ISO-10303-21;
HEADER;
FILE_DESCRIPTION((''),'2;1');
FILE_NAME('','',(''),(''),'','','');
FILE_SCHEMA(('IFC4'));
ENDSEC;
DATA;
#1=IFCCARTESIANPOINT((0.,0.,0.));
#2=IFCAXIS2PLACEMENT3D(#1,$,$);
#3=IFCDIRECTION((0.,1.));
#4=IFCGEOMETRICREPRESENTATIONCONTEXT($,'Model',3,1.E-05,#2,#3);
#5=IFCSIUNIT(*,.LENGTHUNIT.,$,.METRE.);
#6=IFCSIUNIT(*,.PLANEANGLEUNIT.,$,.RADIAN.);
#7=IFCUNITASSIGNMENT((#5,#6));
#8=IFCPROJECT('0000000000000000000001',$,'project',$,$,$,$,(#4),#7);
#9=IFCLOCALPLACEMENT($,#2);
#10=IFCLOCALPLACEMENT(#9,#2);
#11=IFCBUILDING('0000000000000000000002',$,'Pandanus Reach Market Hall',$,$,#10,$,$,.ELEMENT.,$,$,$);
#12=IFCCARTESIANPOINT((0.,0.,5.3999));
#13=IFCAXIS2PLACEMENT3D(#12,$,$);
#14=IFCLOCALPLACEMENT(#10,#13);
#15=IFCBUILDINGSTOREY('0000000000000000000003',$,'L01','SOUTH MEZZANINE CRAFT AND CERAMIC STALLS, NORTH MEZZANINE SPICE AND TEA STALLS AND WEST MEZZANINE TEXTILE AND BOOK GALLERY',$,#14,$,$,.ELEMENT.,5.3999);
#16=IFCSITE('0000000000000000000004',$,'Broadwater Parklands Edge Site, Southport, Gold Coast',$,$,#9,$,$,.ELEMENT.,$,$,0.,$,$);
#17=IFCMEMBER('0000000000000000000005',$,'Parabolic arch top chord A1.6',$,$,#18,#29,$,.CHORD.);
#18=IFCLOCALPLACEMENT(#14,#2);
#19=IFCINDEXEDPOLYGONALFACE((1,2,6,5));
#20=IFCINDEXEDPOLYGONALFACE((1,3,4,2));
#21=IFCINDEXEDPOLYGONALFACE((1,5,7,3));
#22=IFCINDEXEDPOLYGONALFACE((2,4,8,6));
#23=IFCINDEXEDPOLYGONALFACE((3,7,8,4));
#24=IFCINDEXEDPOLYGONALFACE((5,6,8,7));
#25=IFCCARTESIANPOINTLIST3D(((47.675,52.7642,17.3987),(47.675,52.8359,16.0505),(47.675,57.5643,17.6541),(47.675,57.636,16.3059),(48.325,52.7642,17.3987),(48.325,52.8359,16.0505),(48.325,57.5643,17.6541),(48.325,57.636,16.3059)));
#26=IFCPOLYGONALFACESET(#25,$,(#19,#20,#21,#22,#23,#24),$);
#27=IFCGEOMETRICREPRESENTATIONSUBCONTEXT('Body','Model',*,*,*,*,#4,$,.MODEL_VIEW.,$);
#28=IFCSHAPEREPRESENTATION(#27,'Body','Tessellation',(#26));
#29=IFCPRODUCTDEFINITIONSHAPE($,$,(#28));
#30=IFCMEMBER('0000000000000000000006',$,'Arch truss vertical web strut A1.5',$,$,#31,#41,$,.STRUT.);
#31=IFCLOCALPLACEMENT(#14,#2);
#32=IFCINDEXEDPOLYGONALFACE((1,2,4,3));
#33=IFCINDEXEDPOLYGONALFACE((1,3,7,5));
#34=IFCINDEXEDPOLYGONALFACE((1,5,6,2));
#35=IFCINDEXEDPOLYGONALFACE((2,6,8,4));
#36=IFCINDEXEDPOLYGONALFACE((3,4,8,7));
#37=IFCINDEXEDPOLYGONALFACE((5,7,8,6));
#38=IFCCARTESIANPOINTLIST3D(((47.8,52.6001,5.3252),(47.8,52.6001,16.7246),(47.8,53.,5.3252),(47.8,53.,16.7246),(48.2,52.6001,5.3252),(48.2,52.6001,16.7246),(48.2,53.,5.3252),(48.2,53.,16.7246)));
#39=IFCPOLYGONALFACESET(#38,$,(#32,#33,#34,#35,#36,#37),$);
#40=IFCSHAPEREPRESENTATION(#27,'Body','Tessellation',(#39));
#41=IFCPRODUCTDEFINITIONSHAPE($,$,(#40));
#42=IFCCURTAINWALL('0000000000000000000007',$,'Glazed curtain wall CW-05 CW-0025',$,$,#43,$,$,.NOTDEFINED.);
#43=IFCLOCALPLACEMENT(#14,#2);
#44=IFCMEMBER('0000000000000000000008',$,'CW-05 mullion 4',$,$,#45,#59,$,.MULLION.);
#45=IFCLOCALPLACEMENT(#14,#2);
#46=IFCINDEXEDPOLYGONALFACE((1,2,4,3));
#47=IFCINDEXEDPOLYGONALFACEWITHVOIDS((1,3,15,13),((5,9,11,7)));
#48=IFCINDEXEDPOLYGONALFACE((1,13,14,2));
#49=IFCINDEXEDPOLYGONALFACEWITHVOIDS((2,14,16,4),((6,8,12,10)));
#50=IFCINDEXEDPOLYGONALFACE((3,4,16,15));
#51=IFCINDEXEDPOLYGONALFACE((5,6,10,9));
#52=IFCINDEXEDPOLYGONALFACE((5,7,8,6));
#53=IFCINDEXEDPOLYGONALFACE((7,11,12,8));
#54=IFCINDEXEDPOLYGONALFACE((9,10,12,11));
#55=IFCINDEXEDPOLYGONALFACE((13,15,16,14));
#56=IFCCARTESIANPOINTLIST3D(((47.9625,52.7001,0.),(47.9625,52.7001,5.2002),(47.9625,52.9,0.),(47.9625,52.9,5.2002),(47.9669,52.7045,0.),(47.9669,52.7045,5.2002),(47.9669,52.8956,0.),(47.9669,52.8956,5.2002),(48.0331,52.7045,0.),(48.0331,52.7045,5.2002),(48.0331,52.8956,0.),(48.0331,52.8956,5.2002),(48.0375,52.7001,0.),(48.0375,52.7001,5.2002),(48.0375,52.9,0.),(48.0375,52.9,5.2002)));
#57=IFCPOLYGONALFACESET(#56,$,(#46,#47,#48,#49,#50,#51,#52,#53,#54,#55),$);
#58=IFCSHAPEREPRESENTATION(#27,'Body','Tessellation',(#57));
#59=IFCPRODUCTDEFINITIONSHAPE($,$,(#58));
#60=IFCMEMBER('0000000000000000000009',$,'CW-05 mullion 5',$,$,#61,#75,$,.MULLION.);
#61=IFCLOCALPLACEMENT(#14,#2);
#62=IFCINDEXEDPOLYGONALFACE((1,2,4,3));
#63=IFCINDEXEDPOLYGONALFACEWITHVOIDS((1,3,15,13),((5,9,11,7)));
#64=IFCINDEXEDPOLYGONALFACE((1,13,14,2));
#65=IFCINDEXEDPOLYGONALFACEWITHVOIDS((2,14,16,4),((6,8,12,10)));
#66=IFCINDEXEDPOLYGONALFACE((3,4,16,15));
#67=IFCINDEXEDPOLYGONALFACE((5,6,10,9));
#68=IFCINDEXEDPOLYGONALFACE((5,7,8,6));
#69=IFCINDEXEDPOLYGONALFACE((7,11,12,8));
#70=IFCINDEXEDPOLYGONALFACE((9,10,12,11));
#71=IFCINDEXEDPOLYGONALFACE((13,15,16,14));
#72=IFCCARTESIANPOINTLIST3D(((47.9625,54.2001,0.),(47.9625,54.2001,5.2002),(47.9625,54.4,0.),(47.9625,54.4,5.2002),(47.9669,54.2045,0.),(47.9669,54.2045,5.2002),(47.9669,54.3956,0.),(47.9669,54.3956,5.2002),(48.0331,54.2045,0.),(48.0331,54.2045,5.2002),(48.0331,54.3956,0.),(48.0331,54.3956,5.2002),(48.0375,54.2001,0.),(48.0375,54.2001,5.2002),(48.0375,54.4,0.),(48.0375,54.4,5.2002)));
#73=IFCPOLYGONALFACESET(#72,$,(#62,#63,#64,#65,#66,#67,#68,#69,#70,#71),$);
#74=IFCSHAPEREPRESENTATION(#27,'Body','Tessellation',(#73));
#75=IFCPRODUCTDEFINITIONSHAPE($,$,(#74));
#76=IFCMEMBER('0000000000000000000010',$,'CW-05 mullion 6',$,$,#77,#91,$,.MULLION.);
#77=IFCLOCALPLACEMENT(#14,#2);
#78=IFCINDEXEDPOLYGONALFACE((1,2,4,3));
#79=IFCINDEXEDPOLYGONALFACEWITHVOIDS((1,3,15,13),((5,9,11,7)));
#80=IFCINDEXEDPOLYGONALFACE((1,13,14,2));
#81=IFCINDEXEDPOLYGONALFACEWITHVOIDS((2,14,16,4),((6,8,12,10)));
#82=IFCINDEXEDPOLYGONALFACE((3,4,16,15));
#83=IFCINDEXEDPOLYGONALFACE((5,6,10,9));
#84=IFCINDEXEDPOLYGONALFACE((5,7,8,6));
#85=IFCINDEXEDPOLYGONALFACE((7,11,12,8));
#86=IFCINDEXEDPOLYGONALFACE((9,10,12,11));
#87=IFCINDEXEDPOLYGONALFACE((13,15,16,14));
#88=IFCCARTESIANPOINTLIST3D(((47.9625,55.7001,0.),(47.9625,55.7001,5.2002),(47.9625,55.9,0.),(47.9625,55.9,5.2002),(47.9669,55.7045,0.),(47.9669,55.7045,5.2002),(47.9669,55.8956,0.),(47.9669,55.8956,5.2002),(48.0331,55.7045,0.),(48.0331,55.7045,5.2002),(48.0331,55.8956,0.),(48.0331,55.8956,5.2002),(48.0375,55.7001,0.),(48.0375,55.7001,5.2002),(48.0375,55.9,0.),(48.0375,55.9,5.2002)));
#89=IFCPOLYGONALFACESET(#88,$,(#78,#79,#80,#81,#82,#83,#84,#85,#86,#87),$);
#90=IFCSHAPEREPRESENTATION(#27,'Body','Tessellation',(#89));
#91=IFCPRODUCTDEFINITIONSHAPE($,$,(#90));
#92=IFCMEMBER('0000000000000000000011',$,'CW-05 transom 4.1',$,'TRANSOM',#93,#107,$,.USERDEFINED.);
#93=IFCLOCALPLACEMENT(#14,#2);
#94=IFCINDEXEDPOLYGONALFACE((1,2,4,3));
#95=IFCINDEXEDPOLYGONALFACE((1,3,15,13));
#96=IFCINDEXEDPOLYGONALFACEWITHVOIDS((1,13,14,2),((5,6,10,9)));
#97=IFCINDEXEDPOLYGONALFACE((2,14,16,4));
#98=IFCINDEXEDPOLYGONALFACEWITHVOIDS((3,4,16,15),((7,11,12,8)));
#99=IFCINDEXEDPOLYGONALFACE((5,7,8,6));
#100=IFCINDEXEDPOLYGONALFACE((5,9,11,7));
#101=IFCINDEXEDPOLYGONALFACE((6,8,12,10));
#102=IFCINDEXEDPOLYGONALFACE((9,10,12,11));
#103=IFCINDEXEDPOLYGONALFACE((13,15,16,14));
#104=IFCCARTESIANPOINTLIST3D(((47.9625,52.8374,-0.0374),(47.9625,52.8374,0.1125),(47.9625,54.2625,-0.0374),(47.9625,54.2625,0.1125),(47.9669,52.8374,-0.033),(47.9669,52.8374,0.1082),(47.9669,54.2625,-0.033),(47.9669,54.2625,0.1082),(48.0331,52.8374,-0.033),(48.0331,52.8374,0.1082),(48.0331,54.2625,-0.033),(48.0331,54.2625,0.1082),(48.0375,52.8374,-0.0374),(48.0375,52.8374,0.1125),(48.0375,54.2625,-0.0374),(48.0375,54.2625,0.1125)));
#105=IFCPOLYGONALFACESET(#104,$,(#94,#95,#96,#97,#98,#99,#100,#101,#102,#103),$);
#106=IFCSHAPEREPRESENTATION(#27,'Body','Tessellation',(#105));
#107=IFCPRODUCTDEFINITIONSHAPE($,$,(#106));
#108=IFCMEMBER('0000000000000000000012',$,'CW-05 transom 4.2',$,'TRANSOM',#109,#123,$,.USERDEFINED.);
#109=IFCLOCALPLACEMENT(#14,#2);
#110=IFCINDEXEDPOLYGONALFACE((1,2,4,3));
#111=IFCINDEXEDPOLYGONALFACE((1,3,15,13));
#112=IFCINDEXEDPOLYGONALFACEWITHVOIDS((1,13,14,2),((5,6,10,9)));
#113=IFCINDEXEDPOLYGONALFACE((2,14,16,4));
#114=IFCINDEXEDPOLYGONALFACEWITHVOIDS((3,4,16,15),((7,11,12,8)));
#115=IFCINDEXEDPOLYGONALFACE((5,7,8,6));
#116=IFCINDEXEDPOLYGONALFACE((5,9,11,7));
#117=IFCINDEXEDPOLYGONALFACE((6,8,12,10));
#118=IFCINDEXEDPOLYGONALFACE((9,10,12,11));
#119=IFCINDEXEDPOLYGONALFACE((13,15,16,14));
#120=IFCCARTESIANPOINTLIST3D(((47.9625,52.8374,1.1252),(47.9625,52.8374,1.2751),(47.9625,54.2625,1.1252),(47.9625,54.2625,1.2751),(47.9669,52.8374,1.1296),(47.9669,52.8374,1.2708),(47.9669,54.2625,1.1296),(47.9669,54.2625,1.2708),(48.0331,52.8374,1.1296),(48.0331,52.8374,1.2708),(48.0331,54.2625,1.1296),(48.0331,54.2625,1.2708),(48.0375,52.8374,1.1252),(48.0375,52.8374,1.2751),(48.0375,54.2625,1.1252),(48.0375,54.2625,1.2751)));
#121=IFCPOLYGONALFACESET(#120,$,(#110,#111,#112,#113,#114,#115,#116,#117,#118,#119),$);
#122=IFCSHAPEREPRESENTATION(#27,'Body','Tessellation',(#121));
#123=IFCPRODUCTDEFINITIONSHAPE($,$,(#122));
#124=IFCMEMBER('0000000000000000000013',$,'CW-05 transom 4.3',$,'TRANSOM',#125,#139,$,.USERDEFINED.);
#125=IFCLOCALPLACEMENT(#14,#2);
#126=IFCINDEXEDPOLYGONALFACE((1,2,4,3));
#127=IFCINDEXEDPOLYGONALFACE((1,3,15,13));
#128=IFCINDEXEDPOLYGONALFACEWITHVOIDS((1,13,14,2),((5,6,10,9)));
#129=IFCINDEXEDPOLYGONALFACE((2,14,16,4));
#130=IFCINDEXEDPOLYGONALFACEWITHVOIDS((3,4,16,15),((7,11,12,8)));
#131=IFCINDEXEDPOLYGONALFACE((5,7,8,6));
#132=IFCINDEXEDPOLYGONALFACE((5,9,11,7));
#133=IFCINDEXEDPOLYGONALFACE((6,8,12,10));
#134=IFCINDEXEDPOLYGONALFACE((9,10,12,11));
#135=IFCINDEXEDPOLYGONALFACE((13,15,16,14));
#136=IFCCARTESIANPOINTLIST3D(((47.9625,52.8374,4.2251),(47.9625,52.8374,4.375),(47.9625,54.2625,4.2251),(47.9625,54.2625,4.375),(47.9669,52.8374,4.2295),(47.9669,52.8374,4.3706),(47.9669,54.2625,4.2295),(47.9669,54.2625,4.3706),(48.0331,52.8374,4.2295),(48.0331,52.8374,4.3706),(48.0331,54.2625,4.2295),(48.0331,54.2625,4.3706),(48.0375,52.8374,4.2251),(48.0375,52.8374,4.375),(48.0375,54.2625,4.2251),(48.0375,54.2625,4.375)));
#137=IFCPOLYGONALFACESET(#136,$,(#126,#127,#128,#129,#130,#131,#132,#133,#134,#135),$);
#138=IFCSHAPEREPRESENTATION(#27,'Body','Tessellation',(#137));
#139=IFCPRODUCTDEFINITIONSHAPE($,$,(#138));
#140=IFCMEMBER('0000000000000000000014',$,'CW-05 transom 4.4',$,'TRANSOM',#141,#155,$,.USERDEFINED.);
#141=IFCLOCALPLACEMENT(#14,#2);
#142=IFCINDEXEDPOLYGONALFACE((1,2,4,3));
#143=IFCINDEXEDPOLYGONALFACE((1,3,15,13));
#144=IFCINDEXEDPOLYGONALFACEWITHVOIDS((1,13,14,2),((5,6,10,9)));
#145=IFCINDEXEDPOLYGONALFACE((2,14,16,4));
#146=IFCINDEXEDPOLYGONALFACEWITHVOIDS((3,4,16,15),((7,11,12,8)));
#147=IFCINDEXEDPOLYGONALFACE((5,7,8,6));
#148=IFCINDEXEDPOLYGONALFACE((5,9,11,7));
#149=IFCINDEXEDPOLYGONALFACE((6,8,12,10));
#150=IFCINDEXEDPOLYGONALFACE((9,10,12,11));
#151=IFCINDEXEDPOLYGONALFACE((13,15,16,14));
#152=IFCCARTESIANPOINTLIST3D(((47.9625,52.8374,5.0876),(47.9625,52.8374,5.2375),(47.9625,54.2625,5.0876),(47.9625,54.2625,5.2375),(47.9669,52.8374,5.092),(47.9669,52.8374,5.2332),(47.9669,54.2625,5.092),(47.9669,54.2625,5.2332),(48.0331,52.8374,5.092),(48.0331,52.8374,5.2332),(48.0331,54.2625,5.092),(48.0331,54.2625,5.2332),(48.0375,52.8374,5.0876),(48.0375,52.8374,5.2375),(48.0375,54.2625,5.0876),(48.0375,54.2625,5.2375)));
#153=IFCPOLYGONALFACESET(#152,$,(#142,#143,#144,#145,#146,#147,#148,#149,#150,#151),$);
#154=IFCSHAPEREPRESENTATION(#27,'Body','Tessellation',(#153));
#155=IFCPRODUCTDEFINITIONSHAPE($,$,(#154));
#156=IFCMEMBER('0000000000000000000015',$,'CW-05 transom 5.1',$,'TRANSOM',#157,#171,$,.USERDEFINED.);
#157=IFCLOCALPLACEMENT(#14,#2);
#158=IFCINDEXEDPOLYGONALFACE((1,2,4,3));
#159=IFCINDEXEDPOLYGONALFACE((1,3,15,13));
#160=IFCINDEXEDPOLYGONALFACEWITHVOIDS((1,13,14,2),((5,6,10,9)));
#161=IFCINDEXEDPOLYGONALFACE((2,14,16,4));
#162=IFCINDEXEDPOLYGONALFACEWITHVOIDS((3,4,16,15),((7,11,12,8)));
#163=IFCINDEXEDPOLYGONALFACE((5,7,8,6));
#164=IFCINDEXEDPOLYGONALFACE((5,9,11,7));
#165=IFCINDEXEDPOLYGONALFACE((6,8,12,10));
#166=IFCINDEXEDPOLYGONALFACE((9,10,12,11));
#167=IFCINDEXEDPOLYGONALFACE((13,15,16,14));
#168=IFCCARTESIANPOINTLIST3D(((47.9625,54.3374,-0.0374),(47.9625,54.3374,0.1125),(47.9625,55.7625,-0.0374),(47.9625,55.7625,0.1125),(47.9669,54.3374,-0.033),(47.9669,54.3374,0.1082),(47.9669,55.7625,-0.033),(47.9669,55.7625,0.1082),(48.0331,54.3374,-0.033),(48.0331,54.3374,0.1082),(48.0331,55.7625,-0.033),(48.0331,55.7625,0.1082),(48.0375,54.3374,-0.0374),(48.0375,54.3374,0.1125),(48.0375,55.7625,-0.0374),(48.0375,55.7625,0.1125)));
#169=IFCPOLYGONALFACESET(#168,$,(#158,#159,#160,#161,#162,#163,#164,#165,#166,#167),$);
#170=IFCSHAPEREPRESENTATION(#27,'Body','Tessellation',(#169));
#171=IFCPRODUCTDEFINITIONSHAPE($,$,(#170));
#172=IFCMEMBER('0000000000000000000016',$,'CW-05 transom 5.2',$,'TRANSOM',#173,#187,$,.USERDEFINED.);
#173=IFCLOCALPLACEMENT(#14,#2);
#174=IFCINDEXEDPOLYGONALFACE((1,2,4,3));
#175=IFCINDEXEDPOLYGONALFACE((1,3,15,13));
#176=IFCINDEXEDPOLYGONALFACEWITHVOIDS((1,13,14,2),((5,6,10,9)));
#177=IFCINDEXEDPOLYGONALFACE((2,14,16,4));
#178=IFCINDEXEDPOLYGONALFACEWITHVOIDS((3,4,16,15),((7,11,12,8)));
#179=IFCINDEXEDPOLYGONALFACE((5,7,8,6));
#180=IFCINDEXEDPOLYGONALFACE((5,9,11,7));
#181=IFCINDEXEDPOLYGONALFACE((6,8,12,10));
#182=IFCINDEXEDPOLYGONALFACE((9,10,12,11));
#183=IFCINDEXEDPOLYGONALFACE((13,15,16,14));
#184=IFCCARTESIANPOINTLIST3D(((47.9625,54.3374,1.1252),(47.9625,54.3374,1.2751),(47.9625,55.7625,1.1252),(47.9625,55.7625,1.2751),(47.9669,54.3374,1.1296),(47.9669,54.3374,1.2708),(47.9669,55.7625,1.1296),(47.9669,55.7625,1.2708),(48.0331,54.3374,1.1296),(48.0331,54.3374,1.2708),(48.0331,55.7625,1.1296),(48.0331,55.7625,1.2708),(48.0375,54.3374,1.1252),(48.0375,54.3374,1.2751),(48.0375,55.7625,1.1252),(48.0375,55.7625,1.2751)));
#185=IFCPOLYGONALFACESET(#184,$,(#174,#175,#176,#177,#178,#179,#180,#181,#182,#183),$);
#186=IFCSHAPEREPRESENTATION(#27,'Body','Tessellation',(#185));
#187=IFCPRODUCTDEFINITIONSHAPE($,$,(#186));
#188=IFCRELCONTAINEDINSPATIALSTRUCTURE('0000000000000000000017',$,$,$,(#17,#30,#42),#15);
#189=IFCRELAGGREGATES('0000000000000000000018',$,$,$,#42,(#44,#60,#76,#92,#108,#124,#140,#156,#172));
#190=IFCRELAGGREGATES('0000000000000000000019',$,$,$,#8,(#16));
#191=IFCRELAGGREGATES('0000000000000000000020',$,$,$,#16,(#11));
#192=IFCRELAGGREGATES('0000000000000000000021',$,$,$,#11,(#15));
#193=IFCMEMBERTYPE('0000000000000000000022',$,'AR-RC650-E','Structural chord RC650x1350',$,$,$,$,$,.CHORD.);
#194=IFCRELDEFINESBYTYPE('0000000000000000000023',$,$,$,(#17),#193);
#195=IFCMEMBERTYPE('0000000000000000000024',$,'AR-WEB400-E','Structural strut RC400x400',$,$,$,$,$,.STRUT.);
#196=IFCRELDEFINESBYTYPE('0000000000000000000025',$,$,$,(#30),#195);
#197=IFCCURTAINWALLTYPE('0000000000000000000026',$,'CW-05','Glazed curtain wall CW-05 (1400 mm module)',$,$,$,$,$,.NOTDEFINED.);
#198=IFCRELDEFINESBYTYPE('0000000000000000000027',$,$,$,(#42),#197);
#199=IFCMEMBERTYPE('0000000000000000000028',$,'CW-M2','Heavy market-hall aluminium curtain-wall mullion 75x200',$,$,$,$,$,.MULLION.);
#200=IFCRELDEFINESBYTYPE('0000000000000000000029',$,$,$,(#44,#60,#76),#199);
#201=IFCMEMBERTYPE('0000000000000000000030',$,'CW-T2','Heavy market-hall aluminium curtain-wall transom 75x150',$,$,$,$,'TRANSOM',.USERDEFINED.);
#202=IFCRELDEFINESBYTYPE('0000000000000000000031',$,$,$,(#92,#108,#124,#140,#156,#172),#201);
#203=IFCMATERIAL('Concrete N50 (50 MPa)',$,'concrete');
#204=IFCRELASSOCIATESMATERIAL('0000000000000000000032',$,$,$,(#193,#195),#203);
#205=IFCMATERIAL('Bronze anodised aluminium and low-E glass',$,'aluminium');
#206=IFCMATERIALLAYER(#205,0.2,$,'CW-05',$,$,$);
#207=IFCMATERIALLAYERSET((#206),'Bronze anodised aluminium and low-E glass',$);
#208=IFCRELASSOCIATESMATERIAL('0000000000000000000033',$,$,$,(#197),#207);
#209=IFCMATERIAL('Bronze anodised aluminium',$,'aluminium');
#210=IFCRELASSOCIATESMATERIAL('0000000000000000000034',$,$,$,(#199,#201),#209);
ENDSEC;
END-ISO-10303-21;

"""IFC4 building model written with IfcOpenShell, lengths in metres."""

from ifc_helpers import new_model, si_unit, direction, frame, origin, origin_2d, place, context, subcontext, project, spatial, rectangle, hollow_rectangle, extrude, material, layer, layer_set, material_profile, profile_set, type_object, element, aggregate, save


model = new_model("IFC4")

# Units and contexts
model_context = context("Model", 3, precision=1e-05, world=origin(), true_north=direction((0.0, 1.0)))
body_context = subcontext(model_context, "Body", "Model", "MODEL_VIEW")
ifc_project = project(units=[si_unit("LENGTHUNIT", "METRE"), si_unit("PLANEANGLEUNIT", "RADIAN")], contexts=[model_context])

# Site, building, storey
site_placement = place(None, origin())
site = spatial("IfcSite", under=ifc_project, at=site_placement, Name="Broadwater Parklands Edge Site, Southport, Gold Coast", CompositionType="ELEMENT", RefElevation=0.0)
building_placement = place(site_placement, origin())
building = spatial("IfcBuilding", under=site, at=building_placement, Name="Pandanus Reach Market Hall", CompositionType="ELEMENT")
storey_placement = place(building_placement, frame((0.0, 0.0, 5.3999)))
storey = spatial("IfcBuildingStorey", under=building, at=storey_placement, Name="L01", Description="SOUTH MEZZANINE CRAFT AND CERAMIC STALLS, NORTH MEZZANINE SPICE AND TEA STALLS AND WEST MEZZANINE TEXTILE AND BOOK GALLERY", CompositionType="ELEMENT", Elevation=5.3999)

# Members
ifc_material_1 = material(Name="Concrete N50 (50 MPa)", Category="concrete")
ifc_material_profile_1 = material_profile(ifc_material_1, rectangle(XDim=0.6499, YDim=1.3501, at=origin_2d()), Name="RC650x1350", Category="LoadBearing")
ifc_profile_set_1 = profile_set([ifc_material_profile_1], Name="Concrete N50 (50 MPa)")
member_type_1 = type_object("IfcMemberType", Name="AR-RC650-E", Description="Structural chord RC650x1350", PredefinedType="CHORD", material=ifc_profile_set_1)
member_1_placement = place(storey_placement, frame((48.0, 52.8, 16.7246), z_axis=(0.0, 0.998588, 0.053127), x_axis=(-1.0, 0.0, 0.0)))
element("IfcMember", 1, at=member_1_placement, inside=storey, type_object=member_type_1, Name="Parabolic arch top chord A1.6", PredefinedType="CHORD", context=body_context, shape_type="SweptSolid", body=[
    extrude(rectangle(XDim=0.6499, YDim=1.3501, at=origin_2d()), origin(), (0.0, 0.0, 1.0), 4.8069),
])
ifc_material_profile_2 = material_profile(ifc_material_1, rectangle(XDim=0.3999, YDim=0.3999, at=origin_2d()), Name="RC400x400", Category="LoadBearing")
ifc_profile_set_2 = profile_set([ifc_material_profile_2], Name="Concrete N50 (50 MPa)")
member_type_2 = type_object("IfcMemberType", Name="AR-WEB400-E", Description="Structural strut RC400x400", PredefinedType="STRUT", material=ifc_profile_set_2)
member_2_placement = place(storey_placement, frame((48.0, 52.8, 5.3252), z_axis=(0.0, 0.0, 1.0), x_axis=(1.0, 0.0, 0.0)))
element("IfcMember", 2, at=member_2_placement, inside=storey, type_object=member_type_2, Name="Arch truss vertical web strut A1.5", PredefinedType="STRUT", context=body_context, shape_type="SweptSolid", body=[
    extrude(rectangle(XDim=0.3999, YDim=0.3999, at=origin_2d()), origin(), (0.0, 0.0, 1.0), 11.3994),
])

# Curtain wall, members
ifc_material_2 = material(Name="Bronze anodised aluminium and low-E glass", Category="aluminium")
ifc_layer_1 = layer(ifc_material_2, 0.2, Name="CW-05")
ifc_layer_set_1 = layer_set([ifc_layer_1], Name="Bronze anodised aluminium and low-E glass")
curtain_wall_type = type_object("IfcCurtainWallType", Name="CW-05", Description="Glazed curtain wall CW-05 (1400 mm module)", PredefinedType="NOTDEFINED", material=ifc_layer_set_1)
curtain_wall_placement = place(storey_placement, origin())
curtain_wall = element("IfcCurtainWall", 3, at=curtain_wall_placement, inside=storey, type_object=curtain_wall_type, Name="Glazed curtain wall CW-05 CW-0025", PredefinedType="NOTDEFINED")
ifc_material_3 = material(Name="Bronze anodised aluminium", Category="aluminium")
ifc_material_profile_3 = material_profile(ifc_material_3, hollow_rectangle(XDim=0.075, YDim=0.2, WallThickness=0.0044, at=origin_2d()), Name="ALU75x200", Category="LoadBearing")
ifc_profile_set_3 = profile_set([ifc_material_profile_3], Name="Bronze anodised aluminium")
member_type_3 = type_object("IfcMemberType", Name="CW-M2", Description="Heavy market-hall aluminium curtain-wall mullion 75x200", PredefinedType="MULLION", material=ifc_profile_set_3)
member_3_placement = place(storey_placement, frame((48.0, 52.8, 0.0), z_axis=(0.0, 0.0, 1.0), x_axis=(-1.0, 0.0, 0.0)))
member_3 = element("IfcMember", 4, at=member_3_placement, type_object=member_type_3, Name="CW-05 mullion 4", PredefinedType="MULLION", context=body_context, shape_type="SweptSolid", body=[
    extrude(hollow_rectangle(XDim=0.075, YDim=0.2, WallThickness=0.0044, at=origin_2d()), origin(), (0.0, 0.0, 1.0), 5.2002),
])
member_4_placement = place(storey_placement, frame((48.0, 54.3, 0.0), z_axis=(0.0, 0.0, 1.0), x_axis=(-1.0, 0.0, 0.0)))
member_4 = element("IfcMember", 5, at=member_4_placement, type_object=member_type_3, Name="CW-05 mullion 5", PredefinedType="MULLION", context=body_context, shape_type="SweptSolid", body=[
    extrude(hollow_rectangle(XDim=0.075, YDim=0.2, WallThickness=0.0044, at=origin_2d()), origin(), (0.0, 0.0, 1.0), 5.2002),
])
member_5_placement = place(storey_placement, frame((48.0, 55.8, 0.0), z_axis=(0.0, 0.0, 1.0), x_axis=(-1.0, 0.0, 0.0)))
member_5 = element("IfcMember", 6, at=member_5_placement, type_object=member_type_3, Name="CW-05 mullion 6", PredefinedType="MULLION", context=body_context, shape_type="SweptSolid", body=[
    extrude(hollow_rectangle(XDim=0.075, YDim=0.2, WallThickness=0.0044, at=origin_2d()), origin(), (0.0, 0.0, 1.0), 5.2002),
])
ifc_material_profile_4 = material_profile(ifc_material_3, hollow_rectangle(XDim=0.075, YDim=0.1499, WallThickness=0.0044, at=origin_2d()), Name="ALU75x150", Category="LoadBearing")
ifc_profile_set_4 = profile_set([ifc_material_profile_4], Name="Bronze anodised aluminium")
member_type_4 = type_object("IfcMemberType", Name="CW-T2", Description="Heavy market-hall aluminium curtain-wall transom 75x150", ElementType="TRANSOM", PredefinedType="USERDEFINED", material=ifc_profile_set_4)
member_6_placement = place(storey_placement, frame((48.0, 52.8374, 0.0376), z_axis=(0.0, 1.0, 0.0), x_axis=(-1.0, 0.0, 0.0)))
member_6 = element("IfcMember", 7, at=member_6_placement, type_object=member_type_4, Name="CW-05 transom 4.1", ObjectType="TRANSOM", PredefinedType="USERDEFINED", context=body_context, shape_type="SweptSolid", body=[
    extrude(hollow_rectangle(XDim=0.075, YDim=0.1499, WallThickness=0.0044, at=origin_2d()), origin(), (0.0, 0.0, 1.0), 1.425),
])
member_7_placement = place(storey_placement, frame((48.0, 52.8374, 1.2002), z_axis=(0.0, 1.0, 0.0), x_axis=(-1.0, 0.0, 0.0)))
member_7 = element("IfcMember", 8, at=member_7_placement, type_object=member_type_4, Name="CW-05 transom 4.2", ObjectType="TRANSOM", PredefinedType="USERDEFINED", context=body_context, shape_type="SweptSolid", body=[
    extrude(hollow_rectangle(XDim=0.075, YDim=0.1499, WallThickness=0.0044, at=origin_2d()), origin(), (0.0, 0.0, 1.0), 1.425),
])
member_8_placement = place(storey_placement, frame((48.0, 52.8374, 4.3), z_axis=(0.0, 1.0, 0.0), x_axis=(-1.0, 0.0, 0.0)))
member_8 = element("IfcMember", 9, at=member_8_placement, type_object=member_type_4, Name="CW-05 transom 4.3", ObjectType="TRANSOM", PredefinedType="USERDEFINED", context=body_context, shape_type="SweptSolid", body=[
    extrude(hollow_rectangle(XDim=0.075, YDim=0.1499, WallThickness=0.0044, at=origin_2d()), origin(), (0.0, 0.0, 1.0), 1.425),
])
member_9_placement = place(storey_placement, frame((48.0, 52.8374, 5.1626), z_axis=(0.0, 1.0, 0.0), x_axis=(-1.0, 0.0, 0.0)))
member_9 = element("IfcMember", 10, at=member_9_placement, type_object=member_type_4, Name="CW-05 transom 4.4", ObjectType="TRANSOM", PredefinedType="USERDEFINED", context=body_context, shape_type="SweptSolid", body=[
    extrude(hollow_rectangle(XDim=0.075, YDim=0.1499, WallThickness=0.0044, at=origin_2d()), origin(), (0.0, 0.0, 1.0), 1.425),
])
member_10_placement = place(storey_placement, frame((48.0, 54.3374, 0.0376), z_axis=(0.0, 1.0, 0.0), x_axis=(-1.0, 0.0, 0.0)))
member_10 = element("IfcMember", 11, at=member_10_placement, type_object=member_type_4, Name="CW-05 transom 5.1", ObjectType="TRANSOM", PredefinedType="USERDEFINED", context=body_context, shape_type="SweptSolid", body=[
    extrude(hollow_rectangle(XDim=0.075, YDim=0.1499, WallThickness=0.0044, at=origin_2d()), origin(), (0.0, 0.0, 1.0), 1.425),
])
member_11_placement = place(storey_placement, frame((48.0, 54.3374, 1.2002), z_axis=(0.0, 1.0, 0.0), x_axis=(-1.0, 0.0, 0.0)))
member_11 = element("IfcMember", 12, at=member_11_placement, type_object=member_type_4, Name="CW-05 transom 5.2", ObjectType="TRANSOM", PredefinedType="USERDEFINED", context=body_context, shape_type="SweptSolid", body=[
    extrude(hollow_rectangle(XDim=0.075, YDim=0.1499, WallThickness=0.0044, at=origin_2d()), origin(), (0.0, 0.0, 1.0), 1.425),
])
aggregate(curtain_wall, [member_3, member_4, member_5, member_6, member_7, member_8, member_9, member_10, member_11])

save(model, "model.ifc")
